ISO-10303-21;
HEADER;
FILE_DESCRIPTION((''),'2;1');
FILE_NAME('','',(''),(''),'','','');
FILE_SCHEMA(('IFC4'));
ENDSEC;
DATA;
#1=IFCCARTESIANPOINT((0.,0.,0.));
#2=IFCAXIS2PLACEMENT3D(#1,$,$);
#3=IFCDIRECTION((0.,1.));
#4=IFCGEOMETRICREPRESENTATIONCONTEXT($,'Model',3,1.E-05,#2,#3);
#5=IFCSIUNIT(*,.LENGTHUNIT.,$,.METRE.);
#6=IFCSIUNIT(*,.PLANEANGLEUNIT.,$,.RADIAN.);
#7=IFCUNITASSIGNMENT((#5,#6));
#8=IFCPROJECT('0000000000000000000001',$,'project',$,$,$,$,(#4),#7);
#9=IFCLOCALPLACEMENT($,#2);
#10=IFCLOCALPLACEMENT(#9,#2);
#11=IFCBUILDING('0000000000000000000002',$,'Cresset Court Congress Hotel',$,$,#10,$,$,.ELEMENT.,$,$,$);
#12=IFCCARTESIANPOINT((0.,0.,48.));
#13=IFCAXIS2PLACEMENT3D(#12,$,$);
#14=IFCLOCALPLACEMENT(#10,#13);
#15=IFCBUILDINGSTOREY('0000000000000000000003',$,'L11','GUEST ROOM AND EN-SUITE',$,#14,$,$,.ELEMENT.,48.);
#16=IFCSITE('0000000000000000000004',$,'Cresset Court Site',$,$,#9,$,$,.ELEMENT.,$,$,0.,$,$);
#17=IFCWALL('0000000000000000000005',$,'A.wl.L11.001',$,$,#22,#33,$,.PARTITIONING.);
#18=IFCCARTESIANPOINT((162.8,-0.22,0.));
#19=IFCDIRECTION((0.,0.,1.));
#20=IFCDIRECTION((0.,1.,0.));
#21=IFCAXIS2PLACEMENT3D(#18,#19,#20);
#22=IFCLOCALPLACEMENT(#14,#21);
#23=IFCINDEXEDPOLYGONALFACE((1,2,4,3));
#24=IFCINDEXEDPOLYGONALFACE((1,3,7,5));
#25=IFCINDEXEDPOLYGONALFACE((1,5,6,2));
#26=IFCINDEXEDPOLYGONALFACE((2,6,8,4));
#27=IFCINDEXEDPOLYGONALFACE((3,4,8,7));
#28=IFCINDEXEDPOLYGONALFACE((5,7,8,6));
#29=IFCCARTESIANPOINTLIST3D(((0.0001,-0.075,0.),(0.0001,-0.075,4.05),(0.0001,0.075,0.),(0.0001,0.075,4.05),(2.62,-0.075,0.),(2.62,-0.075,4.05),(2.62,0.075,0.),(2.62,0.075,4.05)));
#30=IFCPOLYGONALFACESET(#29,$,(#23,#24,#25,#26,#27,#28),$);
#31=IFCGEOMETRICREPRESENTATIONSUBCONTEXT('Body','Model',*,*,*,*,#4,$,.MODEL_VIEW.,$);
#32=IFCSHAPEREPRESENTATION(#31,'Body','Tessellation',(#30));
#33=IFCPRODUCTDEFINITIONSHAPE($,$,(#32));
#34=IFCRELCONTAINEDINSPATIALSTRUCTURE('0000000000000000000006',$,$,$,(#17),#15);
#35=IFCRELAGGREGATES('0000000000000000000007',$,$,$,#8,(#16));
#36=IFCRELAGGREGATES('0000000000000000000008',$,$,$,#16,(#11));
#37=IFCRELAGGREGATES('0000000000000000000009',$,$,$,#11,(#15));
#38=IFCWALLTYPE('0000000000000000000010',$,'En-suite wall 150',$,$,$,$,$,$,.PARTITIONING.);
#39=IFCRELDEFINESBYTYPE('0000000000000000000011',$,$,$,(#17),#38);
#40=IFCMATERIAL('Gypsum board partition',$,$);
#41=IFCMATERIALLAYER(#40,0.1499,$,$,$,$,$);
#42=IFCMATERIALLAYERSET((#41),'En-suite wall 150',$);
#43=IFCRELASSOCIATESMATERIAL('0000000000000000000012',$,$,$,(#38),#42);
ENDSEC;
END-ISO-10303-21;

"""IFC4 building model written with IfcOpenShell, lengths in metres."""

from ifc_helpers import new_model, si_unit, direction, frame, frame_2d, origin, place, context, subcontext, project, spatial, rectangle, extrude, material, layer, layer_set, type_object, element, save


model = new_model("IFC4")

# Units and contexts
model_context = context("Model", 3, precision=1e-05, world=origin(), true_north=direction((0.0, 1.0)))
body_context = subcontext(model_context, "Body", "Model", "MODEL_VIEW")
ifc_project = project(units=[si_unit("LENGTHUNIT", "METRE"), si_unit("PLANEANGLEUNIT", "RADIAN")], contexts=[model_context])

# Site, building, storey
site_placement = place(None, origin())
site = spatial("IfcSite", under=ifc_project, at=site_placement, Name="Cresset Court Site", CompositionType="ELEMENT", RefElevation=0.0)
building_placement = place(site_placement, origin())
building = spatial("IfcBuilding", under=site, at=building_placement, Name="Cresset Court Congress Hotel", CompositionType="ELEMENT")
storey_placement = place(building_placement, frame((0.0, 0.0, 48.0)))
storey = spatial("IfcBuildingStorey", under=building, at=storey_placement, Name="L11", Description="GUEST ROOM AND EN-SUITE", CompositionType="ELEMENT", Elevation=48.0)

# Wall
ifc_material_1 = material(Name="Gypsum board partition")
ifc_layer_1 = layer(ifc_material_1, 0.1499)
ifc_layer_set_1 = layer_set([ifc_layer_1], Name="En-suite wall 150")
wall_type_1 = type_object("IfcWallType", Name="En-suite wall 150", PredefinedType="PARTITIONING", material=ifc_layer_set_1)
wall_1_placement = place(storey_placement, frame((162.8, -0.22, 0.0), z_axis=(0.0, 0.0, 1.0), x_axis=(0.0, 1.0, 0.0)))
element("IfcWall", 1, at=wall_1_placement, inside=storey, type_object=wall_type_1, Name="A.wl.L11.001", PredefinedType="PARTITIONING", context=body_context, shape_type="SweptSolid", body=[
    extrude(rectangle(XDim=2.6199, YDim=0.1499, at=frame_2d((1.3101, 0.0))), origin(), (0.0, 0.0, 1.0), 4.05),
])

save(model, "model.ifc")
